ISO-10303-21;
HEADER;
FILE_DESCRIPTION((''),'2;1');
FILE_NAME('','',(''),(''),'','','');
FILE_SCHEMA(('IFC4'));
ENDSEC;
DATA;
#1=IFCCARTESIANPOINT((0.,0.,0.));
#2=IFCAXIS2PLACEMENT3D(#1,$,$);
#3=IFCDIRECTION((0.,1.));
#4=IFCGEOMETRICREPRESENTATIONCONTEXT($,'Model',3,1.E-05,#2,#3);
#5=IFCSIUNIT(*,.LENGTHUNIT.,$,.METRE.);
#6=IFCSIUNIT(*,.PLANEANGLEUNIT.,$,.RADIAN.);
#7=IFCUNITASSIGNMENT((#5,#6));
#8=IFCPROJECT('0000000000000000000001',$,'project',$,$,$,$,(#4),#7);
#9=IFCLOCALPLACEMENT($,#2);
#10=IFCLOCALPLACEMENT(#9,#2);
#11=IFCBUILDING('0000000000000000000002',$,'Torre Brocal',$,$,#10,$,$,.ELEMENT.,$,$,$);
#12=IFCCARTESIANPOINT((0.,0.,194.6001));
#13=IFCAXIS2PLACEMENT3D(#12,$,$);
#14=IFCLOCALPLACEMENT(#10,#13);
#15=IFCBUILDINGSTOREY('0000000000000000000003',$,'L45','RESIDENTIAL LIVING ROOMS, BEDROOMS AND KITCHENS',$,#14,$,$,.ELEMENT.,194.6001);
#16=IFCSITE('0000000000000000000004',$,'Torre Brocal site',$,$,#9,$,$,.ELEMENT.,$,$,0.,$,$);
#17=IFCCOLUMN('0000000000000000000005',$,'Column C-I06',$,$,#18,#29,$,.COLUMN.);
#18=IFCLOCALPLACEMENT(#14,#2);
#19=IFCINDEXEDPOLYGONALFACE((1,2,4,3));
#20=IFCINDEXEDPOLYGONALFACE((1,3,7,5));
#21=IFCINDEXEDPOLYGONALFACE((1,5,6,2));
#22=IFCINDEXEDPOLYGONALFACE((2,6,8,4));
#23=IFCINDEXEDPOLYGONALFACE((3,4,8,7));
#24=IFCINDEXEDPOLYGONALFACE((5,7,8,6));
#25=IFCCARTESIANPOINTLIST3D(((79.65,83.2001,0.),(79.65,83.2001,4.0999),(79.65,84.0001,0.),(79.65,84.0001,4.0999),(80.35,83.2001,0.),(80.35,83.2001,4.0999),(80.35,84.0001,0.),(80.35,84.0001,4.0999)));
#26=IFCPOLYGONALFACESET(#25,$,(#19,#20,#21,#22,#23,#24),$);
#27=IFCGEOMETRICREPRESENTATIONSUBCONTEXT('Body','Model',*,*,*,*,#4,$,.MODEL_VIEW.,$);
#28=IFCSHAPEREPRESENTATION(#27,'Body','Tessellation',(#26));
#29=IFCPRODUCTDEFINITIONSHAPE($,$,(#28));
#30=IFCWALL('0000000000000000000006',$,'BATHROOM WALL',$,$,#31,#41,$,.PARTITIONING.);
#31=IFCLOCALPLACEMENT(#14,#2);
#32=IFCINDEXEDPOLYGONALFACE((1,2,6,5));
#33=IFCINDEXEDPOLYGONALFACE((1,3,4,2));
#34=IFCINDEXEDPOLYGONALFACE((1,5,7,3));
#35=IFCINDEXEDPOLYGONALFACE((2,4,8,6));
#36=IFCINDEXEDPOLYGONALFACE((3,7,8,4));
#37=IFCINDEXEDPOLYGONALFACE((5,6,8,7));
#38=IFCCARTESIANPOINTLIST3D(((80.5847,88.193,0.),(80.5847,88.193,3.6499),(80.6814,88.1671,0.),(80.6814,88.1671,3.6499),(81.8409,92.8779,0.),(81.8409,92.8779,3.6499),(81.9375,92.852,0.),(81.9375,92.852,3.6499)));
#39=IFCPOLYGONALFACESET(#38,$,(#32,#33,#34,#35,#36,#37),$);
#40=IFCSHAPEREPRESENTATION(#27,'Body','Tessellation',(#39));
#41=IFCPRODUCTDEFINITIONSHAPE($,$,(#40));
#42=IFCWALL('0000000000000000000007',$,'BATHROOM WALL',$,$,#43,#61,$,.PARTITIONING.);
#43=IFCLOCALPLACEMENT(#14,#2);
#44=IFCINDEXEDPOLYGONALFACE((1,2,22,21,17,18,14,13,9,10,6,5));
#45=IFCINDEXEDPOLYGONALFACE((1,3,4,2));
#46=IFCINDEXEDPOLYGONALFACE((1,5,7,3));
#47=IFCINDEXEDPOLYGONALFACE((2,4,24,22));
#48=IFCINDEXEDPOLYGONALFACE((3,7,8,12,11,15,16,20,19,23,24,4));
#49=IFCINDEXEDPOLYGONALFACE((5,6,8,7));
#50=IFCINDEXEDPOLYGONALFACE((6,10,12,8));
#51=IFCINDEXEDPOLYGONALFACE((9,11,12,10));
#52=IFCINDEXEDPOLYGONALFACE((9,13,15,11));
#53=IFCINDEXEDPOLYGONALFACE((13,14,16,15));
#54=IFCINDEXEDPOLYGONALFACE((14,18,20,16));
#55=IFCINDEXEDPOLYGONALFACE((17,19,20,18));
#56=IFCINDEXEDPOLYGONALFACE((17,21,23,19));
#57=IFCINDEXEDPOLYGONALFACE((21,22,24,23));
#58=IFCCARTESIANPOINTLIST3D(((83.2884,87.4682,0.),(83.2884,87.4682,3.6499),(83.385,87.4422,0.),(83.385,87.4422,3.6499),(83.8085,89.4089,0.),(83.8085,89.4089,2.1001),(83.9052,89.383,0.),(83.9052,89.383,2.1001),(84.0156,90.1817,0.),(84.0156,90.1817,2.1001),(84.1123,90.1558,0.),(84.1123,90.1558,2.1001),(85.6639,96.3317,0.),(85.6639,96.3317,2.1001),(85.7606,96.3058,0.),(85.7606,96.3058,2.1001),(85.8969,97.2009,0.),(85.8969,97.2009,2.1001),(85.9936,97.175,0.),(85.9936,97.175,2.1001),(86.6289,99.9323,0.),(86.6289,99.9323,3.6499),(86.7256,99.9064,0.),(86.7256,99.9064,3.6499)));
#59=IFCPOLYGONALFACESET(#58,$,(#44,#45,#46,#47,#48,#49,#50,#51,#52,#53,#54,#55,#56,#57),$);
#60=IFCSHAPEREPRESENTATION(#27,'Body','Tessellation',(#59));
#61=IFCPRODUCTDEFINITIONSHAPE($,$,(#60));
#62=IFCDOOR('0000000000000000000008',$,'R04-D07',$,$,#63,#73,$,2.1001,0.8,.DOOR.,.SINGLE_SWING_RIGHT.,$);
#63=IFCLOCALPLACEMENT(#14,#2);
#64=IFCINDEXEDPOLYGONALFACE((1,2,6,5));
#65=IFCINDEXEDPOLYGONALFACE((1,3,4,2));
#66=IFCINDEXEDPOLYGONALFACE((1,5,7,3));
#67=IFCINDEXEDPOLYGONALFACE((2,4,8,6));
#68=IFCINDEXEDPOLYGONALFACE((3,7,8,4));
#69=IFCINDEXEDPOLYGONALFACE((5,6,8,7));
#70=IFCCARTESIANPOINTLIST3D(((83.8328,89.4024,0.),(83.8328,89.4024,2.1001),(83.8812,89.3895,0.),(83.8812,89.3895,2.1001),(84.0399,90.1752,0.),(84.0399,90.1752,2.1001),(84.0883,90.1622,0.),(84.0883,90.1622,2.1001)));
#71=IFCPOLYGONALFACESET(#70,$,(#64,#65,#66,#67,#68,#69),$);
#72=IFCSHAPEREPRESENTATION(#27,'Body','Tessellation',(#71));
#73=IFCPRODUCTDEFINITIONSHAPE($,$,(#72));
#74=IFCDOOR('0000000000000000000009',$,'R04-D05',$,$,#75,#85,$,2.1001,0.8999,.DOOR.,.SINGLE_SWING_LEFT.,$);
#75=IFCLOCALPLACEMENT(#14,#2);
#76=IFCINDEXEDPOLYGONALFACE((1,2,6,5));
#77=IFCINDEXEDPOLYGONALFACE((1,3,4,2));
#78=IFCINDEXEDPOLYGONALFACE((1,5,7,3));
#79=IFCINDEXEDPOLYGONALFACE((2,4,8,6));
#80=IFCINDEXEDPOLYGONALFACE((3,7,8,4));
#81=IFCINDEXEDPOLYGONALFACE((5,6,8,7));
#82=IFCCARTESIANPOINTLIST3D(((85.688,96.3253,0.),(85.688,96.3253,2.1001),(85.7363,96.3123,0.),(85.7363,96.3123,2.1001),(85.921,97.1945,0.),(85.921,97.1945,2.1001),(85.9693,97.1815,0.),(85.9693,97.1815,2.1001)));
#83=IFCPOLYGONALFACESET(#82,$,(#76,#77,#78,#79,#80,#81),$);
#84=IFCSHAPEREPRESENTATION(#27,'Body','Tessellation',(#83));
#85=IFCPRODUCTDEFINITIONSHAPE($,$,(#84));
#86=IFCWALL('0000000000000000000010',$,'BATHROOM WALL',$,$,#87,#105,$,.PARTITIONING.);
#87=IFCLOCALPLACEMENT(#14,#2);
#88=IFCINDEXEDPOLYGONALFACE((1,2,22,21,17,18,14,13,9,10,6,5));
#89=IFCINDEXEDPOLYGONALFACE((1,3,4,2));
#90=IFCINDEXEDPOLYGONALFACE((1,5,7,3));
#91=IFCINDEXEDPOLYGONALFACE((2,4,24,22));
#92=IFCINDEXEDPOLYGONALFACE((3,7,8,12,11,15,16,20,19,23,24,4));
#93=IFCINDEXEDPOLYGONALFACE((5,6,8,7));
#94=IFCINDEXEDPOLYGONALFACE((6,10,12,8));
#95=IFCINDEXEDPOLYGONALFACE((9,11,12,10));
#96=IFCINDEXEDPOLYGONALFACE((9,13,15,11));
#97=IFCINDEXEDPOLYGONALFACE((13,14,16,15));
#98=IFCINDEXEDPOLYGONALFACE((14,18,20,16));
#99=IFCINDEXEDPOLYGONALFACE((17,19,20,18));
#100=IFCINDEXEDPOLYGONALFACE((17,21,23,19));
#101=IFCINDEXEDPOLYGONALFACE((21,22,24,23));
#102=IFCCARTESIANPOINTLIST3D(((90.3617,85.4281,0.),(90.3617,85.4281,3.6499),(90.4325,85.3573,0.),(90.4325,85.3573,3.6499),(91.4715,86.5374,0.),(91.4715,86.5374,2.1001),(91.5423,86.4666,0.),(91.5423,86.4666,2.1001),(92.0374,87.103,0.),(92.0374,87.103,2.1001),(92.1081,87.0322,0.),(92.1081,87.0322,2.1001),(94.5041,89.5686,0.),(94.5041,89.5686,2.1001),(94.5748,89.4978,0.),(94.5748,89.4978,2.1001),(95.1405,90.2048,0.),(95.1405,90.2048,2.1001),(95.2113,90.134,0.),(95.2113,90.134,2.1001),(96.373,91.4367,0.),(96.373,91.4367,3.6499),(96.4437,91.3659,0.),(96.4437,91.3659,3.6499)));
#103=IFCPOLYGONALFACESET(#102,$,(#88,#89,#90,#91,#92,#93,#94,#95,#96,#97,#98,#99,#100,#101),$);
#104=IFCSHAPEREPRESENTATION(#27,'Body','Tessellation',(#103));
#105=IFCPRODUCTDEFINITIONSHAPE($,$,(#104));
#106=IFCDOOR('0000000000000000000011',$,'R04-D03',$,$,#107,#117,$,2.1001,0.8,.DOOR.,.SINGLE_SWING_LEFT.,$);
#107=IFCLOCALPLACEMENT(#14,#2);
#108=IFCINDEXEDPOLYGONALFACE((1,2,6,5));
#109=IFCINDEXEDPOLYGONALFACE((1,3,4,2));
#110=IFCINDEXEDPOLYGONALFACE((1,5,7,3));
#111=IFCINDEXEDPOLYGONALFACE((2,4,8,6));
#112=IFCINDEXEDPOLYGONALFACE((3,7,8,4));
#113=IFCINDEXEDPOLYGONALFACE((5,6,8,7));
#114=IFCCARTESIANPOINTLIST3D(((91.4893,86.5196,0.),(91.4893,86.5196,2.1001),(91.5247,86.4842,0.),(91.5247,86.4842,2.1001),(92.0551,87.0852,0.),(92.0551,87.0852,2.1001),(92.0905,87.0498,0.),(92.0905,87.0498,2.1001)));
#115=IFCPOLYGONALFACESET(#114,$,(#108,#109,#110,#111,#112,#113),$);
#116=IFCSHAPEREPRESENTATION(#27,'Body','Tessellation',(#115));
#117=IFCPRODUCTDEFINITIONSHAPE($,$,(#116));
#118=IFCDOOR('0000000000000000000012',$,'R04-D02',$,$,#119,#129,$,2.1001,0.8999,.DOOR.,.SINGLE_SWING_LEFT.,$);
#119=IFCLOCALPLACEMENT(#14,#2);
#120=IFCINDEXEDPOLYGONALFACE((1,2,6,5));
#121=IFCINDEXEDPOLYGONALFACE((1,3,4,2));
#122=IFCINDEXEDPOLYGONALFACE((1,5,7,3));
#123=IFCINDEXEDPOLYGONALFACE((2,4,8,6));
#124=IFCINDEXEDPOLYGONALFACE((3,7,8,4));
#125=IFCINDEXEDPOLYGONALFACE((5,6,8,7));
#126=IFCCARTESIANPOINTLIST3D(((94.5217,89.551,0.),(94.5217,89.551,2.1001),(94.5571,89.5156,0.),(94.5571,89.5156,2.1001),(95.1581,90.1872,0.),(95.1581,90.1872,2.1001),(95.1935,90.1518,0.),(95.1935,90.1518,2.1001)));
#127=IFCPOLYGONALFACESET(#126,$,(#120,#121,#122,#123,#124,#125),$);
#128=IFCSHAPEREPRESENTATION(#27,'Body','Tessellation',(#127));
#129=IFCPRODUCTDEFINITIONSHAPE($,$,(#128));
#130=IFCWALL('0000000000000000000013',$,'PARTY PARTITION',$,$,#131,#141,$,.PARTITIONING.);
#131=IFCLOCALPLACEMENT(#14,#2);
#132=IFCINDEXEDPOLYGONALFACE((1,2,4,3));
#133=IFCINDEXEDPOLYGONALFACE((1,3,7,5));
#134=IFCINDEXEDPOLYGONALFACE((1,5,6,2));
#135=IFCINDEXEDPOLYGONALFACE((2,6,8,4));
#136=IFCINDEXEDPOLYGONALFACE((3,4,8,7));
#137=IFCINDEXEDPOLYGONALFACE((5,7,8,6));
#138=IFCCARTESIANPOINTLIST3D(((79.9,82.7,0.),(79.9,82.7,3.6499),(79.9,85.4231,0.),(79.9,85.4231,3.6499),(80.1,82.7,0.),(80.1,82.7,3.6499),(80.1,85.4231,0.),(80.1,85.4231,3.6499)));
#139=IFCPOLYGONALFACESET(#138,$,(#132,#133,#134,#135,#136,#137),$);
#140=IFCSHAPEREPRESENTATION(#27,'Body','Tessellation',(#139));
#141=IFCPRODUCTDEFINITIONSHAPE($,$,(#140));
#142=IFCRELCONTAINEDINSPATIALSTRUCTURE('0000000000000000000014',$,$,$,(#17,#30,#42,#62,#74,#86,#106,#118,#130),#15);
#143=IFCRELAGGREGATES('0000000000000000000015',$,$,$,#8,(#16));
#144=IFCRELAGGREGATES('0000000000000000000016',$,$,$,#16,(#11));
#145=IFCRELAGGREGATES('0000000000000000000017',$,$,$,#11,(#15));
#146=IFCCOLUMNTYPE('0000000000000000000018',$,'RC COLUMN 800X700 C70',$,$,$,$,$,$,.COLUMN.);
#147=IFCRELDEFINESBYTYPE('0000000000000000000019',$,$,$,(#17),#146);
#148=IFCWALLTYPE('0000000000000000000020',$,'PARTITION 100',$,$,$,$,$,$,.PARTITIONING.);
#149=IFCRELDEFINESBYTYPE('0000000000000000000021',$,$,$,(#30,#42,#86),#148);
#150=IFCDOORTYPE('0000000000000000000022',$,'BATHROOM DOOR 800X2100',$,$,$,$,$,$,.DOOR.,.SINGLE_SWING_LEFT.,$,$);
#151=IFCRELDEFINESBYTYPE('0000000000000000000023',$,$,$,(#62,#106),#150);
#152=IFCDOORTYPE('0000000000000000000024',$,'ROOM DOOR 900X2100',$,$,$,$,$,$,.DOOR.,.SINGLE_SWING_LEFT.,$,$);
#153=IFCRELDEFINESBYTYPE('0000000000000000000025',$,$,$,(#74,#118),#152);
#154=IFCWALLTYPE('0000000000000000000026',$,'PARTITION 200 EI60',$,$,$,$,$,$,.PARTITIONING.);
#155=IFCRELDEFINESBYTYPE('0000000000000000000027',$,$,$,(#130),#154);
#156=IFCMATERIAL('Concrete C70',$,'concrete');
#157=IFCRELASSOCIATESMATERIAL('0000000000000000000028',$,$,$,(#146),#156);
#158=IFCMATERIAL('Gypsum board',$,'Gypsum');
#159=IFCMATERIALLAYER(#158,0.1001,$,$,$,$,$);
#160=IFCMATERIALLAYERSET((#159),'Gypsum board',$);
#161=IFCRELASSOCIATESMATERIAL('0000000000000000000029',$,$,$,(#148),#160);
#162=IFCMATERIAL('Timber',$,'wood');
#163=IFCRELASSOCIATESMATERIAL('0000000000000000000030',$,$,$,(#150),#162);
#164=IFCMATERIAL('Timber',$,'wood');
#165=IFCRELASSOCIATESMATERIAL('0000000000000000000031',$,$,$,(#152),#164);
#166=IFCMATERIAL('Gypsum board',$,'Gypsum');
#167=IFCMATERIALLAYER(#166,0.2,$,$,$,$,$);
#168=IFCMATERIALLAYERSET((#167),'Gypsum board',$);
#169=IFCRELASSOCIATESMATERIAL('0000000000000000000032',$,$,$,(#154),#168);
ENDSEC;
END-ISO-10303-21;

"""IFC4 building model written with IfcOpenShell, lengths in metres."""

from ifc_helpers import new_model, si_unit, direction, frame, frame_2d, origin, origin_2d, place, context, subcontext, project, spatial, rectangle, extrude, material, layer, layer_set, material_profile, profile_set, type_object, element, fill, save


model = new_model("IFC4")

# Units and contexts
model_context = context("Model", 3, precision=1e-05, world=origin(), true_north=direction((0.0, 1.0)))
body_context = subcontext(model_context, "Body", "Model", "MODEL_VIEW")
ifc_project = project(units=[si_unit("LENGTHUNIT", "METRE"), si_unit("PLANEANGLEUNIT", "RADIAN")], contexts=[model_context])

# Site, building, storey
site_placement = place(None, origin())
site = spatial("IfcSite", under=ifc_project, at=site_placement, Name="Torre Brocal site", CompositionType="ELEMENT", RefElevation=0.0)
building_placement = place(site_placement, origin())
building = spatial("IfcBuilding", under=site, at=building_placement, Name="Torre Brocal", CompositionType="ELEMENT")
storey_placement = place(building_placement, frame((0.0, 0.0, 194.6001)))
storey = spatial("IfcBuildingStorey", under=building, at=storey_placement, Name="L45", Description="RESIDENTIAL LIVING ROOMS, BEDROOMS AND KITCHENS", CompositionType="ELEMENT", Elevation=194.6001)

# Column
ifc_material_1 = material(Name="Concrete C70", Category="concrete")
ifc_material_profile = material_profile(ifc_material_1, rectangle(XDim=0.8, YDim=0.7, at=origin_2d()), Name="RC 800X700")
ifc_profile_set = profile_set([ifc_material_profile], Name="Concrete C70")
column_type = type_object("IfcColumnType", Name="RC COLUMN 800X700 C70", PredefinedType="COLUMN", material=ifc_profile_set)
column_placement = place(storey_placement, frame((80.0, 83.6001, 0.0), z_axis=(0.0, 0.0, 1.0), x_axis=(0.0, 1.0, 0.0)))
element("IfcColumn", 1, at=column_placement, inside=storey, type_object=column_type, Name="Column C-I06", PredefinedType="COLUMN", context=body_context, shape_type="SweptSolid", body=[
    extrude(rectangle(XDim=0.8, YDim=0.7, at=origin_2d()), origin(), (0.0, 0.0, 1.0), 4.0999),
])

# Wall
ifc_material_2 = material(Name="Gypsum board", Category="Gypsum")
ifc_layer_1 = layer(ifc_material_2, 0.1001)
ifc_layer_set_1 = layer_set([ifc_layer_1], Name="Gypsum board")
wall_type_1 = type_object("IfcWallType", Name="PARTITION 100", PredefinedType="PARTITIONING", material=ifc_layer_set_1)
wall_1_placement = place(storey_placement, frame((80.6331, 88.1799, 0.0), z_axis=(0.0, 0.0, 1.0), x_axis=(0.258975, 0.965884, 0.0)))
element("IfcWall", 2, at=wall_1_placement, inside=storey, type_object=wall_type_1, Name="BATHROOM WALL", PredefinedType="PARTITIONING", context=body_context, shape_type="SweptSolid", body=[
    extrude(rectangle(XDim=4.8503, YDim=0.1001, at=frame_2d((2.4253, 0.0))), origin(), (0.0, 0.0, 1.0), 3.6499),
])

# Walls, openings, doors
wall_2_placement = place(storey_placement, frame((83.3367, 87.4551, 0.0), z_axis=(0.0, 0.0, 1.0), x_axis=(0.258879, 0.96591, 0.0)))
wall_2 = element("IfcWall", 3, at=wall_2_placement, inside=storey, type_object=wall_type_1, Name="BATHROOM WALL", PredefinedType="PARTITIONING", context=body_context, shape_type="SweptSolid", body=[
    extrude(rectangle(XDim=12.9041, YDim=0.1001, at=frame_2d((6.4521, 0.0))), origin(), (0.0, 0.0, 1.0), 3.6499),
])
opening_1_placement = place(wall_2_placement, frame((9.1765, 0.0, 0.0)))
opening_1 = element("IfcOpeningElement", 4, at=opening_1_placement, cuts=wall_2, PredefinedType="OPENING", context=body_context, shape_type="SweptSolid", body=[
    extrude(rectangle(XDim=0.8999, YDim=2.1001, at=frame_2d((0.45, 1.05))), frame((0.0, 0.0601, 0.0), z_axis=(0.0, -1.0, 0.0), x_axis=(1.0, 0.0, 0.0)), (0.0, 0.0, 1.0), 0.1201),
])
opening_2_placement = place(wall_2_placement, frame((2.0095, 0.0, 0.0)))
opening_2 = element("IfcOpeningElement", 5, at=opening_2_placement, cuts=wall_2, PredefinedType="OPENING", context=body_context, shape_type="SweptSolid", body=[
    extrude(rectangle(XDim=0.8, YDim=2.1001, at=frame_2d((0.3999, 1.05))), frame((0.0, 0.0601, 0.0), z_axis=(0.0, -1.0, 0.0), x_axis=(1.0, 0.0, 0.0)), (0.0, 0.0, 1.0), 0.1201),
])
ifc_material_3 = material(Name="Timber", Category="wood")
door_type_1 = type_object("IfcDoorType", Name="BATHROOM DOOR 800X2100", OperationType="SINGLE_SWING_LEFT", PredefinedType="DOOR", material=ifc_material_3)
door_1_placement = place(opening_2_placement, origin())
door_1 = element("IfcDoor", 6, at=door_1_placement, inside=storey, type_object=door_type_1, Name="R04-D07", OperationType="SINGLE_SWING_RIGHT", OverallHeight=2.1001, OverallWidth=0.8, PredefinedType="DOOR", context=body_context, shape_type="SweptSolid", body=[
    extrude(rectangle(XDim=0.8, YDim=2.1001, at=frame_2d((0.3999, 1.05))), frame((0.0, 0.0249, 0.0), z_axis=(0.0, -1.0, 0.0), x_axis=(1.0, 0.0, 0.0)), (0.0, 0.0, 1.0), 0.05),
])
fill(opening_2, door_1)
ifc_material_4 = material(Name="Timber", Category="wood")
door_type_2 = type_object("IfcDoorType", Name="ROOM DOOR 900X2100", OperationType="SINGLE_SWING_LEFT", PredefinedType="DOOR", material=ifc_material_4)
door_2_placement = place(opening_1_placement, frame((0.8999, 0.0, 0.0), z_axis=(0.0, 0.0, 1.0), x_axis=(-1.0, 0.0, 0.0)))
door_2 = element("IfcDoor", 7, at=door_2_placement, inside=storey, type_object=door_type_2, Name="R04-D05", OperationType="SINGLE_SWING_LEFT", OverallHeight=2.1001, OverallWidth=0.8999, PredefinedType="DOOR", context=body_context, shape_type="SweptSolid", body=[
    extrude(rectangle(XDim=0.8999, YDim=2.1001, at=frame_2d((0.45, 1.05))), frame((0.0, 0.0249, 0.0), z_axis=(0.0, -1.0, 0.0), x_axis=(1.0, 0.0, 0.0)), (0.0, 0.0, 1.0), 0.05),
])
fill(opening_1, door_2)
wall_3_placement = place(storey_placement, frame((90.3972, 85.3928, 0.0), z_axis=(0.0, 0.0, 1.0), x_axis=(0.707265, 0.706949, 0.0)))
wall_3 = element("IfcWall", 8, at=wall_3_placement, inside=storey, type_object=wall_type_1, Name="BATHROOM WALL", PredefinedType="PARTITIONING", context=body_context, shape_type="SweptSolid", body=[
    extrude(rectangle(XDim=8.4993, YDim=0.1001, at=frame_2d((4.2495, 0.0))), origin(), (0.0, 0.0, 1.0), 3.6499),
])
opening_3_placement = place(wall_3_placement, frame((5.8567, 0.0, 0.0)))
opening_3 = element("IfcOpeningElement", 9, at=opening_3_placement, cuts=wall_3, PredefinedType="OPENING", context=body_context, shape_type="SweptSolid", body=[
    extrude(rectangle(XDim=0.8999, YDim=2.1001, at=frame_2d((0.45, 1.05))), frame((0.0, 0.0601, 0.0), z_axis=(0.0, -1.0, 0.0), x_axis=(1.0, 0.0, 0.0)), (0.0, 0.0, 1.0), 0.1201),
])
opening_4_placement = place(wall_3_placement, frame((1.5691, 0.0, 0.0)))
opening_4 = element("IfcOpeningElement", 10, at=opening_4_placement, cuts=wall_3, PredefinedType="OPENING", context=body_context, shape_type="SweptSolid", body=[
    extrude(rectangle(XDim=0.8, YDim=2.1001, at=frame_2d((0.3999, 1.05))), frame((0.0, 0.0601, 0.0), z_axis=(0.0, -1.0, 0.0), x_axis=(1.0, 0.0, 0.0)), (0.0, 0.0, 1.0), 0.1201),
])
door_3_placement = place(opening_4_placement, origin())
door_3 = element("IfcDoor", 11, at=door_3_placement, inside=storey, type_object=door_type_1, Name="R04-D03", OperationType="SINGLE_SWING_LEFT", OverallHeight=2.1001, OverallWidth=0.8, PredefinedType="DOOR", context=body_context, shape_type="SweptSolid", body=[
    extrude(rectangle(XDim=0.8, YDim=2.1001, at=frame_2d((0.3999, 1.05))), frame((0.0, 0.0249, 0.0), z_axis=(0.0, -1.0, 0.0), x_axis=(1.0, 0.0, 0.0)), (0.0, 0.0, 1.0), 0.05),
])
fill(opening_4, door_3)
door_4_placement = place(opening_3_placement, frame((0.8999, 0.0, 0.0), z_axis=(0.0, 0.0, 1.0), x_axis=(-1.0, 0.0, 0.0)))
door_4 = element("IfcDoor", 12, at=door_4_placement, inside=storey, type_object=door_type_2, Name="R04-D02", OperationType="SINGLE_SWING_LEFT", OverallHeight=2.1001, OverallWidth=0.8999, PredefinedType="DOOR", context=body_context, shape_type="SweptSolid", body=[
    extrude(rectangle(XDim=0.8999, YDim=2.1001, at=frame_2d((0.45, 1.05))), frame((0.0, 0.0249, 0.0), z_axis=(0.0, -1.0, 0.0), x_axis=(1.0, 0.0, 0.0)), (0.0, 0.0, 1.0), 0.05),
])
fill(opening_3, door_4)

# Wall
ifc_material_5 = material(Name="Gypsum board", Category="Gypsum")
ifc_layer_2 = layer(ifc_material_5, 0.2)
ifc_layer_set_2 = layer_set([ifc_layer_2], Name="Gypsum board")
wall_type_2 = type_object("IfcWallType", Name="PARTITION 200 EI60", PredefinedType="PARTITIONING", material=ifc_layer_set_2)
wall_4_placement = place(storey_placement, frame((80.0, 82.7, 0.0), z_axis=(0.0, 0.0, 1.0), x_axis=(0.0, 1.0, 0.0)))
element("IfcWall", 13, at=wall_4_placement, inside=storey, type_object=wall_type_2, Name="PARTY PARTITION", PredefinedType="PARTITIONING", context=body_context, shape_type="SweptSolid", body=[
    extrude(rectangle(XDim=2.7231, YDim=0.2, at=frame_2d((1.3616, 0.0))), origin(), (0.0, 0.0, 1.0), 3.6499),
])

save(model, "model.ifc")
